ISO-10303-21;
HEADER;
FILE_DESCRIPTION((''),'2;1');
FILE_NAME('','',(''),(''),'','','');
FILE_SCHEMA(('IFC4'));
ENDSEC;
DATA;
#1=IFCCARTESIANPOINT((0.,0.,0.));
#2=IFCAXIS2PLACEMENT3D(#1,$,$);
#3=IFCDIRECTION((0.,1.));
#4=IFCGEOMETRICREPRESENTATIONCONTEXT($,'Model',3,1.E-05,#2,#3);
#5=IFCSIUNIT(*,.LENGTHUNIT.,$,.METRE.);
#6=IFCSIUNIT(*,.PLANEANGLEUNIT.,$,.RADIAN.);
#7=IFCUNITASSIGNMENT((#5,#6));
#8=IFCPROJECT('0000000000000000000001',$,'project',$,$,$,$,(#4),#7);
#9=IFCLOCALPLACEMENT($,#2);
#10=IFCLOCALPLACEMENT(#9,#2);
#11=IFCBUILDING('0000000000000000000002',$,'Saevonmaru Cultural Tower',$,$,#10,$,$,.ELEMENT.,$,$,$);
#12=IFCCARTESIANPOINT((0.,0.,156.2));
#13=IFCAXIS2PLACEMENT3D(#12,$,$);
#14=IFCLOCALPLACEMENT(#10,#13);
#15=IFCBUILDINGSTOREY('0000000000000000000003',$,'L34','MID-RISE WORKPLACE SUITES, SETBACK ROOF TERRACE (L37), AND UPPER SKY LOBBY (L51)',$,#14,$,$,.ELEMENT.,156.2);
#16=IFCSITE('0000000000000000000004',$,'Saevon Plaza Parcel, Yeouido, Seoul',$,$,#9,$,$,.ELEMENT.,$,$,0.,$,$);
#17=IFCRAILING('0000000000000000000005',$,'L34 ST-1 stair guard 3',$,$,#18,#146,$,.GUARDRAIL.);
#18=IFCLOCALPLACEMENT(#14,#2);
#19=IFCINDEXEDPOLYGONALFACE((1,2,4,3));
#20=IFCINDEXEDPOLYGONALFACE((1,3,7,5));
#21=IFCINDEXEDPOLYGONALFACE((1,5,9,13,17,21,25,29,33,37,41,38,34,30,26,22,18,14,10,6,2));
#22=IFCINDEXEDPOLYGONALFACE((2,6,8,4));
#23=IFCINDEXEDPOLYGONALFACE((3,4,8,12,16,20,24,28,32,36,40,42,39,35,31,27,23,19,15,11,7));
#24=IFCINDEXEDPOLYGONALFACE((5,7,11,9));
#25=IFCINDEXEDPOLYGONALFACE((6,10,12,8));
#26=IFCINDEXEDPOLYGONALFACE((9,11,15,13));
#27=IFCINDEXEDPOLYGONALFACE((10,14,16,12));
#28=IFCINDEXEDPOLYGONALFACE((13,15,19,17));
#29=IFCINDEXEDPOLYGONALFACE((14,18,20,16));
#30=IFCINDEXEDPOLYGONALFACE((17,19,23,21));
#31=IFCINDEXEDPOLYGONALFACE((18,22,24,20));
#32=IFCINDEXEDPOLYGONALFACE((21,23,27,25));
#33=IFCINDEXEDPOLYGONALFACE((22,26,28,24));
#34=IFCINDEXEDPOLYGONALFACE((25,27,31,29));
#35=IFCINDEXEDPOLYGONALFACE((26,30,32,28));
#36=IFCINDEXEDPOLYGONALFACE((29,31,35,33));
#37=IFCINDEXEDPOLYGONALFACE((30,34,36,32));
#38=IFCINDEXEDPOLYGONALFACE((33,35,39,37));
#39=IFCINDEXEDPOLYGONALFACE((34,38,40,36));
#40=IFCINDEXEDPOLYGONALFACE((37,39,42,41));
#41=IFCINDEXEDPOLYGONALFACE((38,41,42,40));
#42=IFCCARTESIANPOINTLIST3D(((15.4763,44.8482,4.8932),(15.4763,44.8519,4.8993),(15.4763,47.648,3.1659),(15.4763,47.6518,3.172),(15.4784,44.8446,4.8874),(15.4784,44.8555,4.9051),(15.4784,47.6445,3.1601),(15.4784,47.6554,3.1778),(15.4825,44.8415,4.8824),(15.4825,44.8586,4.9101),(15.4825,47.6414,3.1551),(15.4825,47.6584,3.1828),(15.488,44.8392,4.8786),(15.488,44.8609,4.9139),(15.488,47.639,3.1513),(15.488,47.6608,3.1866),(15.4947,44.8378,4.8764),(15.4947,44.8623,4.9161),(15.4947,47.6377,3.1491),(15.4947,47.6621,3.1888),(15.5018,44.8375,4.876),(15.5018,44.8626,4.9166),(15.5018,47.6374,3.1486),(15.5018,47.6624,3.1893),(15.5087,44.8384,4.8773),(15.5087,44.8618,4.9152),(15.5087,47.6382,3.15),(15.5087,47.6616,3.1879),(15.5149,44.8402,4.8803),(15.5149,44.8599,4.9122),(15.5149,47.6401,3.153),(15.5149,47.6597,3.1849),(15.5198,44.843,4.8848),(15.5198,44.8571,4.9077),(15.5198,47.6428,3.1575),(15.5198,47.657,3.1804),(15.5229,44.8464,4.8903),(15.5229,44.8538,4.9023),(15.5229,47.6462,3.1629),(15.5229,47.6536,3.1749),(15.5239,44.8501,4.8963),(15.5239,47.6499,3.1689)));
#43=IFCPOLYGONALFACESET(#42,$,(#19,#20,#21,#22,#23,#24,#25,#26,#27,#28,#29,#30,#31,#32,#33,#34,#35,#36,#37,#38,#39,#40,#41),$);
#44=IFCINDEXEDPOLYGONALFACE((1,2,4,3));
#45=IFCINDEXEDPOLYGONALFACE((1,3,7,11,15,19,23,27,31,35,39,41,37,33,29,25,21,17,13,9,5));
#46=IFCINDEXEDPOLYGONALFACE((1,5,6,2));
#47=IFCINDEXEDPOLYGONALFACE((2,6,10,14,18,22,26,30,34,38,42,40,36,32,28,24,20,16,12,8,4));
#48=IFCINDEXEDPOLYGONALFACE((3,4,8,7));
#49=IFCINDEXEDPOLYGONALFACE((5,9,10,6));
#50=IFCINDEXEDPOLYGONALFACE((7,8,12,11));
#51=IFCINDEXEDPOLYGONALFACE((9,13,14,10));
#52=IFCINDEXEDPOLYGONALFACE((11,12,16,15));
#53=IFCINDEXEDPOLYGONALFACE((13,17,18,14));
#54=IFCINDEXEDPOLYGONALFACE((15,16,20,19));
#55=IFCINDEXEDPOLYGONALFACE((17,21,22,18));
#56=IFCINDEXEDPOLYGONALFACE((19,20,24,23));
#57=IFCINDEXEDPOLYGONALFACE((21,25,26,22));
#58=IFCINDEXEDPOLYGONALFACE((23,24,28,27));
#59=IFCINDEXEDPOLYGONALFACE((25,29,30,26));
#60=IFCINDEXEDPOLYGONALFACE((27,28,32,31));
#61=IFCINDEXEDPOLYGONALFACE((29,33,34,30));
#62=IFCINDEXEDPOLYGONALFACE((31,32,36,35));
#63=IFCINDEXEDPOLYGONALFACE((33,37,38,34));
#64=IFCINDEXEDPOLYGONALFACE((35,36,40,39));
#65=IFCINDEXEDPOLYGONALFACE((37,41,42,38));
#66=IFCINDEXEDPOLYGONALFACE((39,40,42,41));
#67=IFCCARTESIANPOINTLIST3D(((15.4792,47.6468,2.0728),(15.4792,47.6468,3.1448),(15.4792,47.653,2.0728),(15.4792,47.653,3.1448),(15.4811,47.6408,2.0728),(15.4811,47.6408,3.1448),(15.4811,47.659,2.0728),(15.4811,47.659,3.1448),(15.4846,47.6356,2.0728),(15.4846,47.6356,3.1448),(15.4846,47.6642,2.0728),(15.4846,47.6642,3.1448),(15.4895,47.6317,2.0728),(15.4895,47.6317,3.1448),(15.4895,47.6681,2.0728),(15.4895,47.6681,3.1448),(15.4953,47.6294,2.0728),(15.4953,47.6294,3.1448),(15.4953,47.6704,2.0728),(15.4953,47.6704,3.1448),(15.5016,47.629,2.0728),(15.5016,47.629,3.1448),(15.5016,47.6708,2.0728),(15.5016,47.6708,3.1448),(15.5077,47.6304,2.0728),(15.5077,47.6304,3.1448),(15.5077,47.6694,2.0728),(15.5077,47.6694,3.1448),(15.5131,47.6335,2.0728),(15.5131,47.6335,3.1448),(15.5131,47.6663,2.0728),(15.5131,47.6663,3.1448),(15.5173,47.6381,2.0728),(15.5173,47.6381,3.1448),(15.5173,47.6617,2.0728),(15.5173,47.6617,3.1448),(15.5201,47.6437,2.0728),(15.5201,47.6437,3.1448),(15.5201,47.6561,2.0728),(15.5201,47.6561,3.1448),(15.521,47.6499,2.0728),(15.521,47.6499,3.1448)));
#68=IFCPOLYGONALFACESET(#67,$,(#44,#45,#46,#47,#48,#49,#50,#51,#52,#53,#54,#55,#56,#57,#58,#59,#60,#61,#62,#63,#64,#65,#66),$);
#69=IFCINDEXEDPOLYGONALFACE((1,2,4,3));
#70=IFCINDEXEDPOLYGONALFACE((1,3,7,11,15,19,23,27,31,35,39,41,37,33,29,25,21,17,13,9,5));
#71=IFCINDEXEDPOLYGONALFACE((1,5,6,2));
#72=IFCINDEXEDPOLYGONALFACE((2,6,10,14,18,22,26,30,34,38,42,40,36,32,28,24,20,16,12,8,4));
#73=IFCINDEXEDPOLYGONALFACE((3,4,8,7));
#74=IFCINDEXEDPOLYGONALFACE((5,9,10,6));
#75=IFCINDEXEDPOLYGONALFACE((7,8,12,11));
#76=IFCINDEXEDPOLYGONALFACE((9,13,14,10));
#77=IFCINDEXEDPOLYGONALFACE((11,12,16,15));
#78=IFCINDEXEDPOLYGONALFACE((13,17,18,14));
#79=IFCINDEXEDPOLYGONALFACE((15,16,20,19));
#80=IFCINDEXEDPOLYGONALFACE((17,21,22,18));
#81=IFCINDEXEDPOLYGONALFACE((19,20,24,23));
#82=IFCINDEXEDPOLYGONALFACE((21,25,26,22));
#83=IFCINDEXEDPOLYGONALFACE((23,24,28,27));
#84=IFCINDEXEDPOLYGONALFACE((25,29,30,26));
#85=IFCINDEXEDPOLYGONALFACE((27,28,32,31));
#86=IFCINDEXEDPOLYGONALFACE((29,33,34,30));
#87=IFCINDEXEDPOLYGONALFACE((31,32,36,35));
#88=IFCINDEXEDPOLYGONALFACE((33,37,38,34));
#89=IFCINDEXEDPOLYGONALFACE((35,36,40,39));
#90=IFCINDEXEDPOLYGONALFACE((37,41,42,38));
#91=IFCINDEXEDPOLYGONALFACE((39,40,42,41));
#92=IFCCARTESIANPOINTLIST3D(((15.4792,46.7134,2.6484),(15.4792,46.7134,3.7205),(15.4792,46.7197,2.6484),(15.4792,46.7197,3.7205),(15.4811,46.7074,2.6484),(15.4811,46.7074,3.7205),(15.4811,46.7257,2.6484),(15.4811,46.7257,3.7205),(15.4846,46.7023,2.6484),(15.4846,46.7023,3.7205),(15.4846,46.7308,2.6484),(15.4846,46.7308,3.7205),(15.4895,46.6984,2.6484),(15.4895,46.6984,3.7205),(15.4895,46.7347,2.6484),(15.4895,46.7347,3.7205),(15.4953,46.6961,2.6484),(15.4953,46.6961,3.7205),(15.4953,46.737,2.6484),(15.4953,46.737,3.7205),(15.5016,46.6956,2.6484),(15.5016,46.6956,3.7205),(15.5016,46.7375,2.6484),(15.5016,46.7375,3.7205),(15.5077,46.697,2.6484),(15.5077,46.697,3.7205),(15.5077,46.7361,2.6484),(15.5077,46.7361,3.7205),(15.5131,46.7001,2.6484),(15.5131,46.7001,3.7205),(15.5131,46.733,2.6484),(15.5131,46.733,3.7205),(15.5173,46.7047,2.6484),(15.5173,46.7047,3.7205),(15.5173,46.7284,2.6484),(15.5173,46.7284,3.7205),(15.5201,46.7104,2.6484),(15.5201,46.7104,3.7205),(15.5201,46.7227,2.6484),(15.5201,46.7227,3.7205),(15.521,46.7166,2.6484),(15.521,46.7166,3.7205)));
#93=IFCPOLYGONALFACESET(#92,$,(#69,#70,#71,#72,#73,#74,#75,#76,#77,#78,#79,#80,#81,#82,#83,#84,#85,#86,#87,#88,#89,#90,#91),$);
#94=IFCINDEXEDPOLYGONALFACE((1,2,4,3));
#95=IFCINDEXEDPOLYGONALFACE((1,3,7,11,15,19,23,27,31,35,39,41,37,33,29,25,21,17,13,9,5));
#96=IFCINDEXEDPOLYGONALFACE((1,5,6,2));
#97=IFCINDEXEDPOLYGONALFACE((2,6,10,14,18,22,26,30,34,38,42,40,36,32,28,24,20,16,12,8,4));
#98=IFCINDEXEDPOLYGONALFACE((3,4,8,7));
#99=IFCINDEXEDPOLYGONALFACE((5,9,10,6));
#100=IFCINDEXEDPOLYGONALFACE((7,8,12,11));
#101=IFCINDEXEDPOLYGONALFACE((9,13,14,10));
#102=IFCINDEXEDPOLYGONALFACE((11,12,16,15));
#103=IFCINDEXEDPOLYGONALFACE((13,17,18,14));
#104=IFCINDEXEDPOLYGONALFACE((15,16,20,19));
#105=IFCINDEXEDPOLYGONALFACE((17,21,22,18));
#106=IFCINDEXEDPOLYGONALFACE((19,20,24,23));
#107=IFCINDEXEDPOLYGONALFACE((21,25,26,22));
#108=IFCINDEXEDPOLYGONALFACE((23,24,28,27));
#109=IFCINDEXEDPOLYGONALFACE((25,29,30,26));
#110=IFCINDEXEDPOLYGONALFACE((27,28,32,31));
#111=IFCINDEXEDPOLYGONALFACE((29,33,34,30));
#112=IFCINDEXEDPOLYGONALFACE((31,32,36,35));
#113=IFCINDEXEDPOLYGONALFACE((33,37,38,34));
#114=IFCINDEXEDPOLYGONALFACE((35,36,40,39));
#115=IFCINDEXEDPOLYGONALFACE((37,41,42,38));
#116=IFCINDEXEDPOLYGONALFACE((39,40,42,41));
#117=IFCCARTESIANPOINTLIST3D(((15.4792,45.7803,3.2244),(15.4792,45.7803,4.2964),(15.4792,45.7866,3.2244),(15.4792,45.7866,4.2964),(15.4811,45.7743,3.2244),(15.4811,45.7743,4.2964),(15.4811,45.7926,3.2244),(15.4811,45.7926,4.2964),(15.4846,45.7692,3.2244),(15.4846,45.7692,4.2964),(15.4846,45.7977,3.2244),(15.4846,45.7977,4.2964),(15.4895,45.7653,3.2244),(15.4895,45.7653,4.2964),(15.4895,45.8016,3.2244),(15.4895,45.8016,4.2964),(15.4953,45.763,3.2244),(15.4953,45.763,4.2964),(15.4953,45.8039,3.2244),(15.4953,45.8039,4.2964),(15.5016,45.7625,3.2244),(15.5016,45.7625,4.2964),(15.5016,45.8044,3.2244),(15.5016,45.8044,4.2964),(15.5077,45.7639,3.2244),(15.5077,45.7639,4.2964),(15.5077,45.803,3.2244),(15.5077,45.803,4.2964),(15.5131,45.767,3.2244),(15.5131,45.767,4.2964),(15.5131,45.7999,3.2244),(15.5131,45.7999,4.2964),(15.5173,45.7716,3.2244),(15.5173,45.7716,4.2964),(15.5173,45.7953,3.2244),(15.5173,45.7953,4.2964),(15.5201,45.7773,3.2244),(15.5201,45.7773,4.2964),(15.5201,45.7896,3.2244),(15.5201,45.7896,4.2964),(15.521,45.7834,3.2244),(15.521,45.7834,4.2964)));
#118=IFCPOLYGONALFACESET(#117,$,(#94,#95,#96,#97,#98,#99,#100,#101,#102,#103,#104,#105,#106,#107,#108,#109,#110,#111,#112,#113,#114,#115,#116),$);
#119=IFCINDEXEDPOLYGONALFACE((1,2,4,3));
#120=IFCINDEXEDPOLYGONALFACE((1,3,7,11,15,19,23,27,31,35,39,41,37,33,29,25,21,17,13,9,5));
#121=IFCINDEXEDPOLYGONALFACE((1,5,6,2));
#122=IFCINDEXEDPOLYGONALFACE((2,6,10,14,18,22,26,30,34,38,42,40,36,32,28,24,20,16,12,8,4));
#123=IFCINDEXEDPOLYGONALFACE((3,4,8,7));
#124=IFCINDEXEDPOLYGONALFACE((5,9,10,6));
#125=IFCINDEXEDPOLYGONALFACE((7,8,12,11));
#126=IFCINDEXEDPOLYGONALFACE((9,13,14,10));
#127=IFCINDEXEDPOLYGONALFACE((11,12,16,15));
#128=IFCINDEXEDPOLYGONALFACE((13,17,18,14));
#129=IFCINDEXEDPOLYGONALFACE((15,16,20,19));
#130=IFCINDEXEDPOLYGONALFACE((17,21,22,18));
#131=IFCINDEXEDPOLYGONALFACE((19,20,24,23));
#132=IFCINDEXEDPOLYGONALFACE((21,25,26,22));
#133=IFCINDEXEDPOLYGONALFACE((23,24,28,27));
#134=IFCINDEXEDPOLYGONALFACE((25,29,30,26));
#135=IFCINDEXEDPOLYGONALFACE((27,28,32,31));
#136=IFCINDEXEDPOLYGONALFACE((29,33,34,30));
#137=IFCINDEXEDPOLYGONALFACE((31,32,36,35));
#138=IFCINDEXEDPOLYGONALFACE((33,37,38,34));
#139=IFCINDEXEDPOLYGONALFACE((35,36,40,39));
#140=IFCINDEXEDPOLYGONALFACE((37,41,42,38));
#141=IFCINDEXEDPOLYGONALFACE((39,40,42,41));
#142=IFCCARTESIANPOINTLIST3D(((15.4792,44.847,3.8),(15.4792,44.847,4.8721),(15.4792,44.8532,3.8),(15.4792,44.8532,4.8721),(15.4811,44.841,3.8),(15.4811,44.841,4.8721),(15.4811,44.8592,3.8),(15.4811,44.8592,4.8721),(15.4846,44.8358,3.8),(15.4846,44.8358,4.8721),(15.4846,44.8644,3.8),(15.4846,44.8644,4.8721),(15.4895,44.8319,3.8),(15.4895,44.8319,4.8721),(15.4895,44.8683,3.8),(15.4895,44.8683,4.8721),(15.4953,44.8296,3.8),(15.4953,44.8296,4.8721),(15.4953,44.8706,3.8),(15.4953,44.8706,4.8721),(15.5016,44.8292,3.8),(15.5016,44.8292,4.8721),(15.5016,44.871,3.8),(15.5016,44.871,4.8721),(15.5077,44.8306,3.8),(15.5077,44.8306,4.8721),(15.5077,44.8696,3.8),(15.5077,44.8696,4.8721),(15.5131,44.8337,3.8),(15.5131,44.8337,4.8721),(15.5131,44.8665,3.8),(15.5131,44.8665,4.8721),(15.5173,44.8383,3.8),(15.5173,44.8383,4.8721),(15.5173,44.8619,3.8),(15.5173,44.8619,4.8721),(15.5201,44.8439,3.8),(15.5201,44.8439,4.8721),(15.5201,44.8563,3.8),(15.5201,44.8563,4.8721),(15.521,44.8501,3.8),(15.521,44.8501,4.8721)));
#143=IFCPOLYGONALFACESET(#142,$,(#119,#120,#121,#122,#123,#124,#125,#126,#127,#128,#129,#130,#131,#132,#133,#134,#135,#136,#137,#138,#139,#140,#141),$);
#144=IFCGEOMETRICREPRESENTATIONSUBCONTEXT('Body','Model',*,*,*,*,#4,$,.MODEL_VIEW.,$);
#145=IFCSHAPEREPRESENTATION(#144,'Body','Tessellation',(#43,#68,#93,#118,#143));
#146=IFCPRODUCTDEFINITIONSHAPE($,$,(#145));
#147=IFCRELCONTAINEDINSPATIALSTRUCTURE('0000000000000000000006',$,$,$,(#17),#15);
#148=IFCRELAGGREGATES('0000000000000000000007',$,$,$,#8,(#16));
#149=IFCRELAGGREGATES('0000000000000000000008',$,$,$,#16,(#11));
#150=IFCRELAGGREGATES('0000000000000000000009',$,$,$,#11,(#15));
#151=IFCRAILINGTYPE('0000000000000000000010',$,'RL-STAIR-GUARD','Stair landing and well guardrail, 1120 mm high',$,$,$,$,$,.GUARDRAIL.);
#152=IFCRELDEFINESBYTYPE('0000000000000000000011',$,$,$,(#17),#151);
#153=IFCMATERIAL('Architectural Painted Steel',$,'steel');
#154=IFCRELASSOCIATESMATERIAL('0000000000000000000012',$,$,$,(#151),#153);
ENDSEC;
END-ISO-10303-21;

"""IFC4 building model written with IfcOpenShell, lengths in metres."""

from ifc_helpers import new_model, si_unit, direction, frame, origin, origin_2d, place, context, subcontext, project, spatial, circle, extrude, material, type_object, element, save


model = new_model("IFC4")

# Units and contexts
model_context = context("Model", 3, precision=1e-05, world=origin(), true_north=direction((0.0, 1.0)))
body_context = subcontext(model_context, "Body", "Model", "MODEL_VIEW")
ifc_project = project(units=[si_unit("LENGTHUNIT", "METRE"), si_unit("PLANEANGLEUNIT", "RADIAN")], contexts=[model_context])

# Site, building, storey
site_placement = place(None, origin())
site = spatial("IfcSite", under=ifc_project, at=site_placement, Name="Saevon Plaza Parcel, Yeouido, Seoul", CompositionType="ELEMENT", RefElevation=0.0)
building_placement = place(site_placement, origin())
building = spatial("IfcBuilding", under=site, at=building_placement, Name="Saevonmaru Cultural Tower", CompositionType="ELEMENT")
storey_placement = place(building_placement, frame((0.0, 0.0, 156.2)))
storey = spatial("IfcBuildingStorey", under=building, at=storey_placement, Name="L34", Description="MID-RISE WORKPLACE SUITES, SETBACK ROOF TERRACE (L37), AND UPPER SKY LOBBY (L51)", CompositionType="ELEMENT", Elevation=156.2)

# Railing
ifc_material_1 = material(Name="Architectural Painted Steel", Category="steel")
railing_type_1 = type_object("IfcRailingType", Name="RL-STAIR-GUARD", Description="Stair landing and well guardrail, 1120 mm high", PredefinedType="GUARDRAIL", material=ifc_material_1)
railing_1_placement = place(storey_placement, frame((15.5, 47.6499, 2.0728)))
element("IfcRailing", 1, at=railing_1_placement, inside=storey, type_object=railing_type_1, Name="L34 ST-1 stair guard 3", PredefinedType="GUARDRAIL", context=body_context, shape_type="SweptSolid", body=[
    extrude(circle(Radius=0.0239, at=origin_2d()), frame((0.0, 0.0, 1.0962), z_axis=(0.0, -0.851069, 0.525054), x_axis=(1.0, 0.0, 0.0)), (0.0, 0.0, 1.0), 3.2898),
    extrude(circle(Radius=0.021, at=origin_2d()), origin(), (0.0, 0.0, 1.0), 1.072),
    extrude(circle(Radius=0.021, at=origin_2d()), frame((0.0, -0.9333, 0.5757)), (0.0, 0.0, 1.0), 1.072),
    extrude(circle(Radius=0.021, at=origin_2d()), frame((0.0, -1.8665, 1.1516)), (0.0, 0.0, 1.0), 1.072),
    extrude(circle(Radius=0.021, at=origin_2d()), frame((0.0, -2.7998, 1.7273)), (0.0, 0.0, 1.0), 1.072),
])

save(model, "model.ifc")
